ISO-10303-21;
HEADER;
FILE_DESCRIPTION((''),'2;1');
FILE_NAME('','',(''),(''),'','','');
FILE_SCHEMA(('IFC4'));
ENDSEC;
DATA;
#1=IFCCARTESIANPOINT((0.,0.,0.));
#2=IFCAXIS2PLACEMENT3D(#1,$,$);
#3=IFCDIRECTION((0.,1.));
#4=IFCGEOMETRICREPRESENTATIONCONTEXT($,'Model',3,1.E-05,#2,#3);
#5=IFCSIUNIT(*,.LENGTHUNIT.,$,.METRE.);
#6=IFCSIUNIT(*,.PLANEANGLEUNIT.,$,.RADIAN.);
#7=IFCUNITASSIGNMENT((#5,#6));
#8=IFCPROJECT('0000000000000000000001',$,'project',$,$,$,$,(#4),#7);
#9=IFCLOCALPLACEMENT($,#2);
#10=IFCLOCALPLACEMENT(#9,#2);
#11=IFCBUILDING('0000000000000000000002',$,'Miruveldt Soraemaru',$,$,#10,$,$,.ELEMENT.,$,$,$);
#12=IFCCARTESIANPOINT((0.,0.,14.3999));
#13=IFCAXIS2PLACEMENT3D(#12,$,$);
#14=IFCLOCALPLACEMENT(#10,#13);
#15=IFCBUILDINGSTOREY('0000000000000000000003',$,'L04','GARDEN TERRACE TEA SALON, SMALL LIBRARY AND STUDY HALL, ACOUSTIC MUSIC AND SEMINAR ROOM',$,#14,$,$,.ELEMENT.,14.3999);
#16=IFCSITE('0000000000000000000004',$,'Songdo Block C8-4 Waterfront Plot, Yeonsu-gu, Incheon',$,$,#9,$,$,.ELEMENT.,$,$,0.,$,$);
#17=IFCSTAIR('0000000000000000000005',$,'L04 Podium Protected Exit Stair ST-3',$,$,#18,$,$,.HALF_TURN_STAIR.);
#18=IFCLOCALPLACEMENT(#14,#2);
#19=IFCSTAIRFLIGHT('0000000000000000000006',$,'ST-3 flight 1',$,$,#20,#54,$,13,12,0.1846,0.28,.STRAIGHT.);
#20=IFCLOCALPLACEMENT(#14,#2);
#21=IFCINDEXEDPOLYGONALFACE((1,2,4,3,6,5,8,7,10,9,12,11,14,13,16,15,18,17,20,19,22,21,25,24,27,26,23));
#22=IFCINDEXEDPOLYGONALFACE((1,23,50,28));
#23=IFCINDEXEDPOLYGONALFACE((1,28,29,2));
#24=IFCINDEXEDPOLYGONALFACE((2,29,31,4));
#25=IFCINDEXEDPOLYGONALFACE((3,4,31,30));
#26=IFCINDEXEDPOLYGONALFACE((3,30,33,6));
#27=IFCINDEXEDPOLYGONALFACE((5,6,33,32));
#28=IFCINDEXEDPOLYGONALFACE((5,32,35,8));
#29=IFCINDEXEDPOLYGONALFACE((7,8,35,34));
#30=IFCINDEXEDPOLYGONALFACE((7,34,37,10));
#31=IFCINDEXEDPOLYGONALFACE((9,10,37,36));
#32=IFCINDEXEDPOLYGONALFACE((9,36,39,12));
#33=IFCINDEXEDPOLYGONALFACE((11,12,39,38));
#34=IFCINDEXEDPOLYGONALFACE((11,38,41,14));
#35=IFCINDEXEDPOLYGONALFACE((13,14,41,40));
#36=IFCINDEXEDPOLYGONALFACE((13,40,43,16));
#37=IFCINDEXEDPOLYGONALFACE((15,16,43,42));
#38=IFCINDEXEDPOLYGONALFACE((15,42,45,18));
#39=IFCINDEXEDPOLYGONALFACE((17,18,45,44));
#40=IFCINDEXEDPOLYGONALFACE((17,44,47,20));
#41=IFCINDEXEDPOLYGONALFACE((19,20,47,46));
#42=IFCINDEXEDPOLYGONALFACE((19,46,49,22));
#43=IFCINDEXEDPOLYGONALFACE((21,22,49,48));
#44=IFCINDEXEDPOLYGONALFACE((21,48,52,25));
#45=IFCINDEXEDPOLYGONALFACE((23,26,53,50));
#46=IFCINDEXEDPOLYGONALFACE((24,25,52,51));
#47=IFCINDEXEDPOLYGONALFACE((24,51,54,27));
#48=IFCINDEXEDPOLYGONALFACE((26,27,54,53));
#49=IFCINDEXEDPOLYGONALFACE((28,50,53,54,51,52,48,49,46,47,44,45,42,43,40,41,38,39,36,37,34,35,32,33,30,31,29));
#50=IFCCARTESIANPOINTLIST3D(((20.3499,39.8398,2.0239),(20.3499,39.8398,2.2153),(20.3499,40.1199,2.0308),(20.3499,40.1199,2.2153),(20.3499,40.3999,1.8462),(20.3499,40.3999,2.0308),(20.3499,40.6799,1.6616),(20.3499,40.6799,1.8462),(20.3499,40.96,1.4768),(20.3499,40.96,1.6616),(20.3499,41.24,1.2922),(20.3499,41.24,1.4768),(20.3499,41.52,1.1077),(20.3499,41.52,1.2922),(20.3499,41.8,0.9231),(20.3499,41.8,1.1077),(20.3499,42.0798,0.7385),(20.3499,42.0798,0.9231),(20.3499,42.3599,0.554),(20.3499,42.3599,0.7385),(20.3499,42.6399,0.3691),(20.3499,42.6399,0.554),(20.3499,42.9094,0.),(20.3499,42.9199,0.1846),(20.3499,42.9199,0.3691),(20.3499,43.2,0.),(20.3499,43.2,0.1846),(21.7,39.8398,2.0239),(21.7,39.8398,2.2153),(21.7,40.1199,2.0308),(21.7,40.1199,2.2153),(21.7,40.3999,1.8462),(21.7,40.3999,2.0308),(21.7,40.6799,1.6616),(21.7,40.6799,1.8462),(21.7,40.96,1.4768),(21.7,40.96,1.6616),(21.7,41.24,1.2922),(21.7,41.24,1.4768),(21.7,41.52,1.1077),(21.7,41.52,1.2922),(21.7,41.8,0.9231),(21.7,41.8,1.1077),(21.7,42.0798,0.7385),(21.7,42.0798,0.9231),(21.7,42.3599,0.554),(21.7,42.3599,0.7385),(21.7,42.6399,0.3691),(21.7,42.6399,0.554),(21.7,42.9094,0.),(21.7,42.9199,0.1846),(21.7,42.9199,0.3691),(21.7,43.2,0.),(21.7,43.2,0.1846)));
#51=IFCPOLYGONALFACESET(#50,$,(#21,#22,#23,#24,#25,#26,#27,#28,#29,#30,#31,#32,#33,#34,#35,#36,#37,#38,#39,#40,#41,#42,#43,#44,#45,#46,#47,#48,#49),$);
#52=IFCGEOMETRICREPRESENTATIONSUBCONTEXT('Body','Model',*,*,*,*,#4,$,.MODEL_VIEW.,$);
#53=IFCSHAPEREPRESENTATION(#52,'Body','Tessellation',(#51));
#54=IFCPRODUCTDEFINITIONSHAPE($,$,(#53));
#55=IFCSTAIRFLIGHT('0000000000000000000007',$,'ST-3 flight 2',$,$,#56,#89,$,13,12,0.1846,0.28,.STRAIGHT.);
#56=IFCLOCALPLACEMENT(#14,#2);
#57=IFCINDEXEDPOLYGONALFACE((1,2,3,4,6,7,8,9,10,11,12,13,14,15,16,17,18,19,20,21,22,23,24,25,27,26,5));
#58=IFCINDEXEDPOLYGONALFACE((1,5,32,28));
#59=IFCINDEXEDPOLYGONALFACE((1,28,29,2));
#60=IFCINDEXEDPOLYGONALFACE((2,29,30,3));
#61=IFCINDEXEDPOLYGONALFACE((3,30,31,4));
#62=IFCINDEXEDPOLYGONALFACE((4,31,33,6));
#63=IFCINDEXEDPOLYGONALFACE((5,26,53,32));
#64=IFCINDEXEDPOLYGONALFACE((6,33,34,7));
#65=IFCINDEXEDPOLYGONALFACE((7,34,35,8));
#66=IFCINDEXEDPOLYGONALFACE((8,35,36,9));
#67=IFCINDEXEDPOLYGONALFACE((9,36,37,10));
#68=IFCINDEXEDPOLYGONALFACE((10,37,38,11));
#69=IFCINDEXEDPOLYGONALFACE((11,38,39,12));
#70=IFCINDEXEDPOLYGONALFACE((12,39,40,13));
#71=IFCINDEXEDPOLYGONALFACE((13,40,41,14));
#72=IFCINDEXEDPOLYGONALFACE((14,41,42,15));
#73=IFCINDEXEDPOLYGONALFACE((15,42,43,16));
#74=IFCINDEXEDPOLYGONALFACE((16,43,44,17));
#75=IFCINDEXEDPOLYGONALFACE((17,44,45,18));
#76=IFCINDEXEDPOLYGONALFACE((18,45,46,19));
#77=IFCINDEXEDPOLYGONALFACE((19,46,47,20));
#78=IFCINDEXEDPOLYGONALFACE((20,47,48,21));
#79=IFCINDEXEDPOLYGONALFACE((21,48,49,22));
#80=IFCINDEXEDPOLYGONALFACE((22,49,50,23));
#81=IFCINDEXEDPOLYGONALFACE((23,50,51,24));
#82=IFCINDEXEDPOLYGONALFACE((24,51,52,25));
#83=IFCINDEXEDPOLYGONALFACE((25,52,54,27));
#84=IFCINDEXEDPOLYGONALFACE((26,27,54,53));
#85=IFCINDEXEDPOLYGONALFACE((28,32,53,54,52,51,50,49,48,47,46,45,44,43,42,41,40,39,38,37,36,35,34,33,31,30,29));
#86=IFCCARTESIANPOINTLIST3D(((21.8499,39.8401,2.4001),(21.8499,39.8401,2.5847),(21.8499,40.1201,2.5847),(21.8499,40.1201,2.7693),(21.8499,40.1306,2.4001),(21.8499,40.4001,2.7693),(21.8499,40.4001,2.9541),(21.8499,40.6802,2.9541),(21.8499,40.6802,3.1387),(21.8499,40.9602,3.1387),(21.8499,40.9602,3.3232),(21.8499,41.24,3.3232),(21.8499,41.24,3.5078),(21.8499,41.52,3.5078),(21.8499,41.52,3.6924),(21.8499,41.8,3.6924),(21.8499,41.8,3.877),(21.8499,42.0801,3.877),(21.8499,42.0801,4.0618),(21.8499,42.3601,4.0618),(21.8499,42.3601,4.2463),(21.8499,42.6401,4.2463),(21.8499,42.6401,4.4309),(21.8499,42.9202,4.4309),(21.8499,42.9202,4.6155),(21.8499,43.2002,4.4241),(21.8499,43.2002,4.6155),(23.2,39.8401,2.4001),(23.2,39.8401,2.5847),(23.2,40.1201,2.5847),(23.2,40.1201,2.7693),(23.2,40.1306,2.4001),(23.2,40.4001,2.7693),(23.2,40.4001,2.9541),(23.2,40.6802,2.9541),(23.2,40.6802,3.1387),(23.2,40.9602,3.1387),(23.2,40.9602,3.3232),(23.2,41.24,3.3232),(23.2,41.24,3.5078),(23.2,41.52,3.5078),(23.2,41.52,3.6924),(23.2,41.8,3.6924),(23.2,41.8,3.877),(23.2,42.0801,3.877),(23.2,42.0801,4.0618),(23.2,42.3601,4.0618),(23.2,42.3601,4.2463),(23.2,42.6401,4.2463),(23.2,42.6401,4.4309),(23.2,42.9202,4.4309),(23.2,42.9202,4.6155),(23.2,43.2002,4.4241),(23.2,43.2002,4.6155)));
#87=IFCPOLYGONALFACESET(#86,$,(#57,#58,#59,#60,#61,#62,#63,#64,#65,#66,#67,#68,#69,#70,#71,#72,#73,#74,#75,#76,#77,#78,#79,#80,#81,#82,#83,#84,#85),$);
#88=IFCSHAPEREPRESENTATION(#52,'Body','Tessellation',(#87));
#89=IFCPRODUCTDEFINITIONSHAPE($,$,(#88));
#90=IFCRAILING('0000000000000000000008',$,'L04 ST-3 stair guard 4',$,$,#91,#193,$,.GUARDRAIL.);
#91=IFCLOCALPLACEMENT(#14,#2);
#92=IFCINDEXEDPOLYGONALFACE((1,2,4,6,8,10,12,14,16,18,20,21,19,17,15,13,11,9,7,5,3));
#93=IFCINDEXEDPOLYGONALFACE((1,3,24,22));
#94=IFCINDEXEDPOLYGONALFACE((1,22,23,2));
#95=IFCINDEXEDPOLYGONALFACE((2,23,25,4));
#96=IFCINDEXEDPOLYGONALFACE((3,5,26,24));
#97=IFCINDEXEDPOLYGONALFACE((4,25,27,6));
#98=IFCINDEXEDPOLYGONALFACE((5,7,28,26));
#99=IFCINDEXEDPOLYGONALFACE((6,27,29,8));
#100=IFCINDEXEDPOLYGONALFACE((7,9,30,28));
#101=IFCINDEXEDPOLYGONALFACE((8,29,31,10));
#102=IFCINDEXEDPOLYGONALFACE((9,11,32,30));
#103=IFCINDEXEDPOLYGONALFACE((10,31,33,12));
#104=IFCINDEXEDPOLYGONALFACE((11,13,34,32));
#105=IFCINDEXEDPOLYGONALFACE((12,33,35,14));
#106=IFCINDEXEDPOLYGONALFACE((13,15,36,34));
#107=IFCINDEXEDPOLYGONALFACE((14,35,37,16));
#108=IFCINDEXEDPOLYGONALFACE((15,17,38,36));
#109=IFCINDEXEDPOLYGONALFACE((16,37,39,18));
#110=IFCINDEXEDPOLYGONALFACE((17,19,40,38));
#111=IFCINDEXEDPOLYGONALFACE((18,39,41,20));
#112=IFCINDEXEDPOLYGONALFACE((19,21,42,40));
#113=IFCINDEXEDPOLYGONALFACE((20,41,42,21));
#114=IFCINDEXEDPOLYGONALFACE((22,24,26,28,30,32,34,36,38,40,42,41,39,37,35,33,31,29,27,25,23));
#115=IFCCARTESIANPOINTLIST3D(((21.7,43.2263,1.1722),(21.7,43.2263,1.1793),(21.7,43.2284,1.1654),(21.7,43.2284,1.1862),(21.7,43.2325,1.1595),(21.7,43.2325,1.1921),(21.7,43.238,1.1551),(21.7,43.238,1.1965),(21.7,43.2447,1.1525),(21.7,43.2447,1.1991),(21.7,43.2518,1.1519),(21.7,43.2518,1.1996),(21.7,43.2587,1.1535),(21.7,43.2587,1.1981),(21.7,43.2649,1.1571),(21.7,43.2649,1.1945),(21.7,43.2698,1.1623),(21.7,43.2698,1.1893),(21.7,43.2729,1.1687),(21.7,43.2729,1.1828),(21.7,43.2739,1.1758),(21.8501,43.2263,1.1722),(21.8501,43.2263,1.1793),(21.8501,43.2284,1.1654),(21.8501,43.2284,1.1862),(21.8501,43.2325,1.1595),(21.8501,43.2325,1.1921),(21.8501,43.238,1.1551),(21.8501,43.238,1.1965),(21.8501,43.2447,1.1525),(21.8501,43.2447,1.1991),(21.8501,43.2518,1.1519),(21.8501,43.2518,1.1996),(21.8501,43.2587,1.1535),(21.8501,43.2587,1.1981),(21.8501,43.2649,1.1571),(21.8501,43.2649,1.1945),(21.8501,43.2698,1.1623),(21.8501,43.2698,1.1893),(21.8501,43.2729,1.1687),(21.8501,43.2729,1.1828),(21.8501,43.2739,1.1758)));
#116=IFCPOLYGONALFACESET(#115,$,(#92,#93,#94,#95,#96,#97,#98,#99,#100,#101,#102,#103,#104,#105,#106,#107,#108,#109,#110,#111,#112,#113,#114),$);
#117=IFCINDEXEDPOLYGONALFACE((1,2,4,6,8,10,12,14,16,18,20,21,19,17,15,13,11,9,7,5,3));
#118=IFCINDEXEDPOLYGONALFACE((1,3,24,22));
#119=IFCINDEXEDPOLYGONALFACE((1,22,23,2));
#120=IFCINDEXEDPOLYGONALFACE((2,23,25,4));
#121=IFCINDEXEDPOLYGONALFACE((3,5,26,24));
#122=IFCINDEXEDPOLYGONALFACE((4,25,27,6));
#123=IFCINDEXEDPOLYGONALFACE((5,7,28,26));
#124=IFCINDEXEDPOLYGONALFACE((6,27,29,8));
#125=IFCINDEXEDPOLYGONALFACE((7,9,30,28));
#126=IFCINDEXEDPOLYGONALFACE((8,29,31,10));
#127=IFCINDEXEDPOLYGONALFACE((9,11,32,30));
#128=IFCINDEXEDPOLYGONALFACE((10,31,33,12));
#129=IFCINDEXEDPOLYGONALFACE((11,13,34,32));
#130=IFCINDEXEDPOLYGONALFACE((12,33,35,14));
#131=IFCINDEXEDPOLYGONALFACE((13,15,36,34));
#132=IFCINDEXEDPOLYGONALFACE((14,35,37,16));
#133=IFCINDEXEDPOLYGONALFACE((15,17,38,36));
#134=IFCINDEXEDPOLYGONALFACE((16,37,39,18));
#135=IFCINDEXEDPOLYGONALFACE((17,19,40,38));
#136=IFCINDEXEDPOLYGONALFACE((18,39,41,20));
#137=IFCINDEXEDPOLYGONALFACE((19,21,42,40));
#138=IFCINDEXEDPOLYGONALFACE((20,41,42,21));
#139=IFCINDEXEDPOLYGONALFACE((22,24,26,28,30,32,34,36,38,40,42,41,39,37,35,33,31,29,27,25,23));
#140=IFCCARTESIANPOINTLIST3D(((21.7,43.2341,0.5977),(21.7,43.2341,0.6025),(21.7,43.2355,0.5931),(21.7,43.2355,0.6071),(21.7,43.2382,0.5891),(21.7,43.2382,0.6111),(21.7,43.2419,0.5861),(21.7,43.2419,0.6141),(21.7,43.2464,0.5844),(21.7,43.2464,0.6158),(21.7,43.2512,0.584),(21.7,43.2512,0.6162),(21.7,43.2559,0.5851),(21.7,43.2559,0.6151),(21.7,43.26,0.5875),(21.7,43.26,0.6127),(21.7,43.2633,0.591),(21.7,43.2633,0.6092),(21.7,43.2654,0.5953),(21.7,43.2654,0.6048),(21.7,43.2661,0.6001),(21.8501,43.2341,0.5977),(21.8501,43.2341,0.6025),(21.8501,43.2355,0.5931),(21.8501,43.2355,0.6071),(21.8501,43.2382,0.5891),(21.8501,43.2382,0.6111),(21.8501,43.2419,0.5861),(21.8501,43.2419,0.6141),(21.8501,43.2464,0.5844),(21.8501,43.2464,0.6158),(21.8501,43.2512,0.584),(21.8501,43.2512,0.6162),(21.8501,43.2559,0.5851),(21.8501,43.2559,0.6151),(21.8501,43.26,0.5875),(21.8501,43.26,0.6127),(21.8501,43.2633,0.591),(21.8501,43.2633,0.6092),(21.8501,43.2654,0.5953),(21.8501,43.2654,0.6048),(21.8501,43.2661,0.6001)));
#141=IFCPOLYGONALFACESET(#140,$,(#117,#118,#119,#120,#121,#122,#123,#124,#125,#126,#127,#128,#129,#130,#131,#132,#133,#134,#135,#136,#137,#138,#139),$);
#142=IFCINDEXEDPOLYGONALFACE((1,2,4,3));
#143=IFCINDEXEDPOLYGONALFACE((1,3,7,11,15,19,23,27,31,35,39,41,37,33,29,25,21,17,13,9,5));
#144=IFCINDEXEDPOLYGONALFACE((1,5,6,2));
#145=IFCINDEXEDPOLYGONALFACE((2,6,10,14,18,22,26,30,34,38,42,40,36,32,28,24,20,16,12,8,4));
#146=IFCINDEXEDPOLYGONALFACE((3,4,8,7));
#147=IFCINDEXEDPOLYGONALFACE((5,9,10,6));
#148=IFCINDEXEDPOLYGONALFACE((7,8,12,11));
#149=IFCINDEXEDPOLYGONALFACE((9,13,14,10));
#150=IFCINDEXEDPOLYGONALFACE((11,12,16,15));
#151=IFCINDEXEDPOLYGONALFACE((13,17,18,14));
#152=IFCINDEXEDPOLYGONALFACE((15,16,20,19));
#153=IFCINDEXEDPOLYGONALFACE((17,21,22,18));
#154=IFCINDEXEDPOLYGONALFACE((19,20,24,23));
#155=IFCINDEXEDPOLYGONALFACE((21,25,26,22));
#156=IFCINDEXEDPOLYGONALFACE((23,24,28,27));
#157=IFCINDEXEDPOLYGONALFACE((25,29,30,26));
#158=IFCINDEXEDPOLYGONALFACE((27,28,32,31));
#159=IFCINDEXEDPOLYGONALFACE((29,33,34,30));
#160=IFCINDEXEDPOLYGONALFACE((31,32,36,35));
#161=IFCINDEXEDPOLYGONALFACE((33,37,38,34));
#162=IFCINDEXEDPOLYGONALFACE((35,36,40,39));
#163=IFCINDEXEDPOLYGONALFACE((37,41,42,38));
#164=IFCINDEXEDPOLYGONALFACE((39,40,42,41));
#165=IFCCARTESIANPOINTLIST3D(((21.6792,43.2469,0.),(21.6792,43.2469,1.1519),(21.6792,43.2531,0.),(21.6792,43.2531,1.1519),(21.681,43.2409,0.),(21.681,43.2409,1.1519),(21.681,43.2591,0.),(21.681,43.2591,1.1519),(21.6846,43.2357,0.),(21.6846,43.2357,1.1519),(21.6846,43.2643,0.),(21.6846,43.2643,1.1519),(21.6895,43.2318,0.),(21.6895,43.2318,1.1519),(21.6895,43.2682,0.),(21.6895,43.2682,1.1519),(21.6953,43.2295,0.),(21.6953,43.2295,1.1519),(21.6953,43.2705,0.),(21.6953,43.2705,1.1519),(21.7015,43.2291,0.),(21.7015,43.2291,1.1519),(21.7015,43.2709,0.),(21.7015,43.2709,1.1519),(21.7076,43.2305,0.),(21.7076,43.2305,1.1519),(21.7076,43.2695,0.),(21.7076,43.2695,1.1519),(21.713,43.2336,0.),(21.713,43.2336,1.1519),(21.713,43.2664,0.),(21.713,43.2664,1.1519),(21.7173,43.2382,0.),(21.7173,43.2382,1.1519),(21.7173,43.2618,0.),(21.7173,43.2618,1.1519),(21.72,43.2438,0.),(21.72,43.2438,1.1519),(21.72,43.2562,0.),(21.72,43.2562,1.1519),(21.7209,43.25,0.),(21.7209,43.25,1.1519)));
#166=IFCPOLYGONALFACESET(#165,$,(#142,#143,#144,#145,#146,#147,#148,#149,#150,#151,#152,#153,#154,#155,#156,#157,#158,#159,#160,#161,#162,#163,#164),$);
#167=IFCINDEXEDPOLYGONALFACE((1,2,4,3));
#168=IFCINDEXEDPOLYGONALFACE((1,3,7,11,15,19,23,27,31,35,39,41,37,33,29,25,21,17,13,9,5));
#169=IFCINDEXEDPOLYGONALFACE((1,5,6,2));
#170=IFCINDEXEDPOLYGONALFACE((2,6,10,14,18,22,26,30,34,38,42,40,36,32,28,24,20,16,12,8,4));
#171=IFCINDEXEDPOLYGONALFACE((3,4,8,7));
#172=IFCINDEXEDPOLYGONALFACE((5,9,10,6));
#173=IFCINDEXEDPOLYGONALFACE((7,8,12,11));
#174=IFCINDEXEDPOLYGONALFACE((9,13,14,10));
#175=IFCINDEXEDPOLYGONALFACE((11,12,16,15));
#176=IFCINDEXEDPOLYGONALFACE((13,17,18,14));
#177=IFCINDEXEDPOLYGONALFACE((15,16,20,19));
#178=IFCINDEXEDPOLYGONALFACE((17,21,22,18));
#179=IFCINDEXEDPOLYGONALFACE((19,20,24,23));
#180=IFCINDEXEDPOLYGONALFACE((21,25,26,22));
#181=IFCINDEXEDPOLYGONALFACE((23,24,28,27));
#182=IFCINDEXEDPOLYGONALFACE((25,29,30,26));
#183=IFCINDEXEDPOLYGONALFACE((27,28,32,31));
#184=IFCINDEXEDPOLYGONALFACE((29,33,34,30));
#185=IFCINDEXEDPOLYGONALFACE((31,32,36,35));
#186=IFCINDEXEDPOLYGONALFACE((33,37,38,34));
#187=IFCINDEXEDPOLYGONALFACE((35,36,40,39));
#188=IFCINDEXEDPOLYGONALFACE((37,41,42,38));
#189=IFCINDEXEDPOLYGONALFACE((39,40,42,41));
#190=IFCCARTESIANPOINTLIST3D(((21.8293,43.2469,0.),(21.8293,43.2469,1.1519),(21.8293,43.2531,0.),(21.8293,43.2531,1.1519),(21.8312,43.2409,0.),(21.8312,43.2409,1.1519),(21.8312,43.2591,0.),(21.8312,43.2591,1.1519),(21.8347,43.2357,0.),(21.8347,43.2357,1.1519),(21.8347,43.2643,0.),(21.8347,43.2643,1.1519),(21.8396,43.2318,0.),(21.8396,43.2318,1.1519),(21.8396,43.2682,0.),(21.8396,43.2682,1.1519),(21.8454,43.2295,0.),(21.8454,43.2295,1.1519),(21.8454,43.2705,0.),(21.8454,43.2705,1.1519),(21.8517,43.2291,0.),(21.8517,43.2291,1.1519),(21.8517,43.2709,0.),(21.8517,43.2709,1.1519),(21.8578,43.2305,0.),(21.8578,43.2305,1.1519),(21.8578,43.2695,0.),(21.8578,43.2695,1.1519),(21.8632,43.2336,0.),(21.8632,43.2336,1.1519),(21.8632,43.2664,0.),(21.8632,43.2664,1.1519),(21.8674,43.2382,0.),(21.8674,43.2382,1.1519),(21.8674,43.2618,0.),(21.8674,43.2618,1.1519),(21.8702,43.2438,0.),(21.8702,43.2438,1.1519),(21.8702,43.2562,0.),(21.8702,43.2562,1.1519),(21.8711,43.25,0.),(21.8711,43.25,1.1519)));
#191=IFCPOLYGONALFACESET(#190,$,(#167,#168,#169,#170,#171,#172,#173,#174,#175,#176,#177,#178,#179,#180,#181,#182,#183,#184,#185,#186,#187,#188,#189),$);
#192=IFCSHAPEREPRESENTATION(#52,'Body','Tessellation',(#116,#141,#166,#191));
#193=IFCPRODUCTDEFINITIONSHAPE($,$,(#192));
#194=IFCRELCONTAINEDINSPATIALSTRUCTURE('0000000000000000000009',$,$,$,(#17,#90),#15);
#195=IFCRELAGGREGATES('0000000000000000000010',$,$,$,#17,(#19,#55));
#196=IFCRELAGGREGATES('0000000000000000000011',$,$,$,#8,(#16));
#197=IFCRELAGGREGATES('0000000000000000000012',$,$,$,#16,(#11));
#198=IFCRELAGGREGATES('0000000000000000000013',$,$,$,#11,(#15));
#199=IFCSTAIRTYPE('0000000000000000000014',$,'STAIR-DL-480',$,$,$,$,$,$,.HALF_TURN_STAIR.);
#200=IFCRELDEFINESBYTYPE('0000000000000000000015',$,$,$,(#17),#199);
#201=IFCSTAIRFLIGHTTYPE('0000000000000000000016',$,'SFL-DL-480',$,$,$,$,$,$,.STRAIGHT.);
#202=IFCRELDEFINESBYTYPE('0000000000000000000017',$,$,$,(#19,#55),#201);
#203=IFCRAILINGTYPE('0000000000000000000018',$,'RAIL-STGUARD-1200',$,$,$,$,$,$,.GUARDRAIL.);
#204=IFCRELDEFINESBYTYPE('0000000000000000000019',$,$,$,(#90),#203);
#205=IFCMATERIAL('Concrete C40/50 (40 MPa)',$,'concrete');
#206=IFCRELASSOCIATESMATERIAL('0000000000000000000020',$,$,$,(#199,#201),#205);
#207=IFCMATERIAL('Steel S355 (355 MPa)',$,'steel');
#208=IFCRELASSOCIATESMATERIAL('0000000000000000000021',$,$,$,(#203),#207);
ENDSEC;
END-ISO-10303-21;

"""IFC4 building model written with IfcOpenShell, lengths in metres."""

from ifc_helpers import new_model, si_unit, direction, frame, origin, origin_2d, place, context, subcontext, project, spatial, polyline, circle, outline, extrude, material, type_object, element, aggregate, save


model = new_model("IFC4")

# Units and contexts
model_context = context("Model", 3, precision=1e-05, world=origin(), true_north=direction((0.0, 1.0)))
body_context = subcontext(model_context, "Body", "Model", "MODEL_VIEW")
ifc_project = project(units=[si_unit("LENGTHUNIT", "METRE"), si_unit("PLANEANGLEUNIT", "RADIAN")], contexts=[model_context])

# Site, building, storey
site_placement = place(None, origin())
site = spatial("IfcSite", under=ifc_project, at=site_placement, Name="Songdo Block C8-4 Waterfront Plot, Yeonsu-gu, Incheon", CompositionType="ELEMENT", RefElevation=0.0)
building_placement = place(site_placement, origin())
building = spatial("IfcBuilding", under=site, at=building_placement, Name="Miruveldt Soraemaru", CompositionType="ELEMENT")
storey_placement = place(building_placement, frame((0.0, 0.0, 14.3999)))
storey = spatial("IfcBuildingStorey", under=building, at=storey_placement, Name="L04", Description="GARDEN TERRACE TEA SALON, SMALL LIBRARY AND STUDY HALL, ACOUSTIC MUSIC AND SEMINAR ROOM", CompositionType="ELEMENT", Elevation=14.3999)

# Stair, stair flights
ifc_material_1 = material(Name="Concrete C40/50 (40 MPa)", Category="concrete")
stair_type = type_object("IfcStairType", Name="STAIR-DL-480", PredefinedType="HALF_TURN_STAIR", material=ifc_material_1)
stair_placement = place(storey_placement, origin())
stair = element("IfcStair", 1, at=stair_placement, inside=storey, type_object=stair_type, Name="L04 Podium Protected Exit Stair ST-3", PredefinedType="HALF_TURN_STAIR")
stair_flight_type = type_object("IfcStairFlightType", Name="SFL-DL-480", PredefinedType="STRAIGHT", material=ifc_material_1)
stair_flight_1_placement = place(storey_placement, frame((21.0249, 43.2, 0.0), z_axis=(0.0, 0.0, 1.0), x_axis=(0.0, -1.0, 0.0)))
stair_flight_1 = element("IfcStairFlight", 2, at=stair_flight_1_placement, type_object=stair_flight_type, Name="ST-3 flight 1", NumberOfRisers=13, NumberOfTreads=12, PredefinedType="STRAIGHT", RiserHeight=0.1846, TreadLength=0.28, context=body_context, shape_type="SweptSolid", body=[
    extrude(outline(polyline([(0.0, 0.0), (0.0, 0.1846), (0.28, 0.1846), (0.28, 0.3691), (0.5601, 0.3691), (0.5601, 0.554), (0.8401, 0.554), (0.8401, 0.7385), (1.1201, 0.7385), (1.1201, 0.9231), (1.3999, 0.9231), (1.3999, 1.1077), (1.6799, 1.1077), (1.6799, 1.2922), (1.96, 1.2922), (1.96, 1.4768), (2.24, 1.4768), (2.24, 1.6616), (2.52, 1.6616), (2.52, 1.8462), (2.8, 1.8462), (2.8, 2.0308), (3.0801, 2.0308), (3.0801, 2.2153), (3.3601, 2.2153), (3.3601, 2.3999), (3.3601, 2.0239), (0.2905, 0.0), (0.0, 0.0)])), frame((0.0, 0.675, 0.0), z_axis=(0.0, -1.0, 0.0), x_axis=(1.0, 0.0, 0.0)), (0.0, 0.0, 1.0), 1.3501),
])
stair_flight_2_placement = place(storey_placement, frame((22.5249, 39.8401, 2.4001), z_axis=(0.0, 0.0, 1.0), x_axis=(0.0, 1.0, 0.0)))
stair_flight_2 = element("IfcStairFlight", 3, at=stair_flight_2_placement, type_object=stair_flight_type, Name="ST-3 flight 2", NumberOfRisers=13, NumberOfTreads=12, PredefinedType="STRAIGHT", RiserHeight=0.1846, TreadLength=0.28, context=body_context, shape_type="SweptSolid", body=[
    extrude(outline(polyline([(0.0, 0.0), (0.0, 0.1846), (0.28, 0.1846), (0.28, 0.3691), (0.5601, 0.3691), (0.5601, 0.554), (0.8401, 0.554), (0.8401, 0.7385), (1.1201, 0.7385), (1.1201, 0.9231), (1.3999, 0.9231), (1.3999, 1.1077), (1.6799, 1.1077), (1.6799, 1.2922), (1.96, 1.2922), (1.96, 1.4768), (2.24, 1.4768), (2.24, 1.6616), (2.52, 1.6616), (2.52, 1.8462), (2.8, 1.8462), (2.8, 2.0308), (3.0801, 2.0308), (3.0801, 2.2153), (3.3601, 2.2153), (3.3601, 2.3999), (3.3601, 2.0239), (0.2905, 0.0), (0.0, 0.0)])), frame((0.0, 0.675, 0.0), z_axis=(0.0, -1.0, 0.0), x_axis=(1.0, 0.0, 0.0)), (0.0, 0.0, 1.0), 1.3501),
])
aggregate(stair, [stair_flight_1, stair_flight_2])

# Railing
ifc_material_2 = material(Name="Steel S355 (355 MPa)", Category="steel")
railing_type_1 = type_object("IfcRailingType", Name="RAIL-STGUARD-1200", PredefinedType="GUARDRAIL", material=ifc_material_2)
railing_1_placement = place(storey_placement, frame((21.7, 43.25, 0.0)))
element("IfcRailing", 4, at=railing_1_placement, inside=storey, type_object=railing_type_1, Name="L04 ST-3 stair guard 4", PredefinedType="GUARDRAIL", context=body_context, shape_type="SweptSolid", body=[
    extrude(circle(Radius=0.0239, at=origin_2d()), frame((0.0, 0.0, 1.1758), z_axis=(1.0, 0.0, 0.0), x_axis=(0.0, 1.0, 0.0)), (0.0, 0.0, 1.0), 0.1501),
    extrude(circle(Radius=0.0161, at=origin_2d()), frame((0.0, 0.0, 0.6001), z_axis=(1.0, 0.0, 0.0), x_axis=(0.0, 1.0, 0.0)), (0.0, 0.0, 1.0), 0.1501),
    extrude(circle(Radius=0.021, at=origin_2d()), origin(), (0.0, 0.0, 1.0), 1.1519),
    extrude(circle(Radius=0.021, at=origin_2d()), frame((0.1501, 0.0, 0.0)), (0.0, 0.0, 1.0), 1.1519),
])

save(model, "model.ifc")
